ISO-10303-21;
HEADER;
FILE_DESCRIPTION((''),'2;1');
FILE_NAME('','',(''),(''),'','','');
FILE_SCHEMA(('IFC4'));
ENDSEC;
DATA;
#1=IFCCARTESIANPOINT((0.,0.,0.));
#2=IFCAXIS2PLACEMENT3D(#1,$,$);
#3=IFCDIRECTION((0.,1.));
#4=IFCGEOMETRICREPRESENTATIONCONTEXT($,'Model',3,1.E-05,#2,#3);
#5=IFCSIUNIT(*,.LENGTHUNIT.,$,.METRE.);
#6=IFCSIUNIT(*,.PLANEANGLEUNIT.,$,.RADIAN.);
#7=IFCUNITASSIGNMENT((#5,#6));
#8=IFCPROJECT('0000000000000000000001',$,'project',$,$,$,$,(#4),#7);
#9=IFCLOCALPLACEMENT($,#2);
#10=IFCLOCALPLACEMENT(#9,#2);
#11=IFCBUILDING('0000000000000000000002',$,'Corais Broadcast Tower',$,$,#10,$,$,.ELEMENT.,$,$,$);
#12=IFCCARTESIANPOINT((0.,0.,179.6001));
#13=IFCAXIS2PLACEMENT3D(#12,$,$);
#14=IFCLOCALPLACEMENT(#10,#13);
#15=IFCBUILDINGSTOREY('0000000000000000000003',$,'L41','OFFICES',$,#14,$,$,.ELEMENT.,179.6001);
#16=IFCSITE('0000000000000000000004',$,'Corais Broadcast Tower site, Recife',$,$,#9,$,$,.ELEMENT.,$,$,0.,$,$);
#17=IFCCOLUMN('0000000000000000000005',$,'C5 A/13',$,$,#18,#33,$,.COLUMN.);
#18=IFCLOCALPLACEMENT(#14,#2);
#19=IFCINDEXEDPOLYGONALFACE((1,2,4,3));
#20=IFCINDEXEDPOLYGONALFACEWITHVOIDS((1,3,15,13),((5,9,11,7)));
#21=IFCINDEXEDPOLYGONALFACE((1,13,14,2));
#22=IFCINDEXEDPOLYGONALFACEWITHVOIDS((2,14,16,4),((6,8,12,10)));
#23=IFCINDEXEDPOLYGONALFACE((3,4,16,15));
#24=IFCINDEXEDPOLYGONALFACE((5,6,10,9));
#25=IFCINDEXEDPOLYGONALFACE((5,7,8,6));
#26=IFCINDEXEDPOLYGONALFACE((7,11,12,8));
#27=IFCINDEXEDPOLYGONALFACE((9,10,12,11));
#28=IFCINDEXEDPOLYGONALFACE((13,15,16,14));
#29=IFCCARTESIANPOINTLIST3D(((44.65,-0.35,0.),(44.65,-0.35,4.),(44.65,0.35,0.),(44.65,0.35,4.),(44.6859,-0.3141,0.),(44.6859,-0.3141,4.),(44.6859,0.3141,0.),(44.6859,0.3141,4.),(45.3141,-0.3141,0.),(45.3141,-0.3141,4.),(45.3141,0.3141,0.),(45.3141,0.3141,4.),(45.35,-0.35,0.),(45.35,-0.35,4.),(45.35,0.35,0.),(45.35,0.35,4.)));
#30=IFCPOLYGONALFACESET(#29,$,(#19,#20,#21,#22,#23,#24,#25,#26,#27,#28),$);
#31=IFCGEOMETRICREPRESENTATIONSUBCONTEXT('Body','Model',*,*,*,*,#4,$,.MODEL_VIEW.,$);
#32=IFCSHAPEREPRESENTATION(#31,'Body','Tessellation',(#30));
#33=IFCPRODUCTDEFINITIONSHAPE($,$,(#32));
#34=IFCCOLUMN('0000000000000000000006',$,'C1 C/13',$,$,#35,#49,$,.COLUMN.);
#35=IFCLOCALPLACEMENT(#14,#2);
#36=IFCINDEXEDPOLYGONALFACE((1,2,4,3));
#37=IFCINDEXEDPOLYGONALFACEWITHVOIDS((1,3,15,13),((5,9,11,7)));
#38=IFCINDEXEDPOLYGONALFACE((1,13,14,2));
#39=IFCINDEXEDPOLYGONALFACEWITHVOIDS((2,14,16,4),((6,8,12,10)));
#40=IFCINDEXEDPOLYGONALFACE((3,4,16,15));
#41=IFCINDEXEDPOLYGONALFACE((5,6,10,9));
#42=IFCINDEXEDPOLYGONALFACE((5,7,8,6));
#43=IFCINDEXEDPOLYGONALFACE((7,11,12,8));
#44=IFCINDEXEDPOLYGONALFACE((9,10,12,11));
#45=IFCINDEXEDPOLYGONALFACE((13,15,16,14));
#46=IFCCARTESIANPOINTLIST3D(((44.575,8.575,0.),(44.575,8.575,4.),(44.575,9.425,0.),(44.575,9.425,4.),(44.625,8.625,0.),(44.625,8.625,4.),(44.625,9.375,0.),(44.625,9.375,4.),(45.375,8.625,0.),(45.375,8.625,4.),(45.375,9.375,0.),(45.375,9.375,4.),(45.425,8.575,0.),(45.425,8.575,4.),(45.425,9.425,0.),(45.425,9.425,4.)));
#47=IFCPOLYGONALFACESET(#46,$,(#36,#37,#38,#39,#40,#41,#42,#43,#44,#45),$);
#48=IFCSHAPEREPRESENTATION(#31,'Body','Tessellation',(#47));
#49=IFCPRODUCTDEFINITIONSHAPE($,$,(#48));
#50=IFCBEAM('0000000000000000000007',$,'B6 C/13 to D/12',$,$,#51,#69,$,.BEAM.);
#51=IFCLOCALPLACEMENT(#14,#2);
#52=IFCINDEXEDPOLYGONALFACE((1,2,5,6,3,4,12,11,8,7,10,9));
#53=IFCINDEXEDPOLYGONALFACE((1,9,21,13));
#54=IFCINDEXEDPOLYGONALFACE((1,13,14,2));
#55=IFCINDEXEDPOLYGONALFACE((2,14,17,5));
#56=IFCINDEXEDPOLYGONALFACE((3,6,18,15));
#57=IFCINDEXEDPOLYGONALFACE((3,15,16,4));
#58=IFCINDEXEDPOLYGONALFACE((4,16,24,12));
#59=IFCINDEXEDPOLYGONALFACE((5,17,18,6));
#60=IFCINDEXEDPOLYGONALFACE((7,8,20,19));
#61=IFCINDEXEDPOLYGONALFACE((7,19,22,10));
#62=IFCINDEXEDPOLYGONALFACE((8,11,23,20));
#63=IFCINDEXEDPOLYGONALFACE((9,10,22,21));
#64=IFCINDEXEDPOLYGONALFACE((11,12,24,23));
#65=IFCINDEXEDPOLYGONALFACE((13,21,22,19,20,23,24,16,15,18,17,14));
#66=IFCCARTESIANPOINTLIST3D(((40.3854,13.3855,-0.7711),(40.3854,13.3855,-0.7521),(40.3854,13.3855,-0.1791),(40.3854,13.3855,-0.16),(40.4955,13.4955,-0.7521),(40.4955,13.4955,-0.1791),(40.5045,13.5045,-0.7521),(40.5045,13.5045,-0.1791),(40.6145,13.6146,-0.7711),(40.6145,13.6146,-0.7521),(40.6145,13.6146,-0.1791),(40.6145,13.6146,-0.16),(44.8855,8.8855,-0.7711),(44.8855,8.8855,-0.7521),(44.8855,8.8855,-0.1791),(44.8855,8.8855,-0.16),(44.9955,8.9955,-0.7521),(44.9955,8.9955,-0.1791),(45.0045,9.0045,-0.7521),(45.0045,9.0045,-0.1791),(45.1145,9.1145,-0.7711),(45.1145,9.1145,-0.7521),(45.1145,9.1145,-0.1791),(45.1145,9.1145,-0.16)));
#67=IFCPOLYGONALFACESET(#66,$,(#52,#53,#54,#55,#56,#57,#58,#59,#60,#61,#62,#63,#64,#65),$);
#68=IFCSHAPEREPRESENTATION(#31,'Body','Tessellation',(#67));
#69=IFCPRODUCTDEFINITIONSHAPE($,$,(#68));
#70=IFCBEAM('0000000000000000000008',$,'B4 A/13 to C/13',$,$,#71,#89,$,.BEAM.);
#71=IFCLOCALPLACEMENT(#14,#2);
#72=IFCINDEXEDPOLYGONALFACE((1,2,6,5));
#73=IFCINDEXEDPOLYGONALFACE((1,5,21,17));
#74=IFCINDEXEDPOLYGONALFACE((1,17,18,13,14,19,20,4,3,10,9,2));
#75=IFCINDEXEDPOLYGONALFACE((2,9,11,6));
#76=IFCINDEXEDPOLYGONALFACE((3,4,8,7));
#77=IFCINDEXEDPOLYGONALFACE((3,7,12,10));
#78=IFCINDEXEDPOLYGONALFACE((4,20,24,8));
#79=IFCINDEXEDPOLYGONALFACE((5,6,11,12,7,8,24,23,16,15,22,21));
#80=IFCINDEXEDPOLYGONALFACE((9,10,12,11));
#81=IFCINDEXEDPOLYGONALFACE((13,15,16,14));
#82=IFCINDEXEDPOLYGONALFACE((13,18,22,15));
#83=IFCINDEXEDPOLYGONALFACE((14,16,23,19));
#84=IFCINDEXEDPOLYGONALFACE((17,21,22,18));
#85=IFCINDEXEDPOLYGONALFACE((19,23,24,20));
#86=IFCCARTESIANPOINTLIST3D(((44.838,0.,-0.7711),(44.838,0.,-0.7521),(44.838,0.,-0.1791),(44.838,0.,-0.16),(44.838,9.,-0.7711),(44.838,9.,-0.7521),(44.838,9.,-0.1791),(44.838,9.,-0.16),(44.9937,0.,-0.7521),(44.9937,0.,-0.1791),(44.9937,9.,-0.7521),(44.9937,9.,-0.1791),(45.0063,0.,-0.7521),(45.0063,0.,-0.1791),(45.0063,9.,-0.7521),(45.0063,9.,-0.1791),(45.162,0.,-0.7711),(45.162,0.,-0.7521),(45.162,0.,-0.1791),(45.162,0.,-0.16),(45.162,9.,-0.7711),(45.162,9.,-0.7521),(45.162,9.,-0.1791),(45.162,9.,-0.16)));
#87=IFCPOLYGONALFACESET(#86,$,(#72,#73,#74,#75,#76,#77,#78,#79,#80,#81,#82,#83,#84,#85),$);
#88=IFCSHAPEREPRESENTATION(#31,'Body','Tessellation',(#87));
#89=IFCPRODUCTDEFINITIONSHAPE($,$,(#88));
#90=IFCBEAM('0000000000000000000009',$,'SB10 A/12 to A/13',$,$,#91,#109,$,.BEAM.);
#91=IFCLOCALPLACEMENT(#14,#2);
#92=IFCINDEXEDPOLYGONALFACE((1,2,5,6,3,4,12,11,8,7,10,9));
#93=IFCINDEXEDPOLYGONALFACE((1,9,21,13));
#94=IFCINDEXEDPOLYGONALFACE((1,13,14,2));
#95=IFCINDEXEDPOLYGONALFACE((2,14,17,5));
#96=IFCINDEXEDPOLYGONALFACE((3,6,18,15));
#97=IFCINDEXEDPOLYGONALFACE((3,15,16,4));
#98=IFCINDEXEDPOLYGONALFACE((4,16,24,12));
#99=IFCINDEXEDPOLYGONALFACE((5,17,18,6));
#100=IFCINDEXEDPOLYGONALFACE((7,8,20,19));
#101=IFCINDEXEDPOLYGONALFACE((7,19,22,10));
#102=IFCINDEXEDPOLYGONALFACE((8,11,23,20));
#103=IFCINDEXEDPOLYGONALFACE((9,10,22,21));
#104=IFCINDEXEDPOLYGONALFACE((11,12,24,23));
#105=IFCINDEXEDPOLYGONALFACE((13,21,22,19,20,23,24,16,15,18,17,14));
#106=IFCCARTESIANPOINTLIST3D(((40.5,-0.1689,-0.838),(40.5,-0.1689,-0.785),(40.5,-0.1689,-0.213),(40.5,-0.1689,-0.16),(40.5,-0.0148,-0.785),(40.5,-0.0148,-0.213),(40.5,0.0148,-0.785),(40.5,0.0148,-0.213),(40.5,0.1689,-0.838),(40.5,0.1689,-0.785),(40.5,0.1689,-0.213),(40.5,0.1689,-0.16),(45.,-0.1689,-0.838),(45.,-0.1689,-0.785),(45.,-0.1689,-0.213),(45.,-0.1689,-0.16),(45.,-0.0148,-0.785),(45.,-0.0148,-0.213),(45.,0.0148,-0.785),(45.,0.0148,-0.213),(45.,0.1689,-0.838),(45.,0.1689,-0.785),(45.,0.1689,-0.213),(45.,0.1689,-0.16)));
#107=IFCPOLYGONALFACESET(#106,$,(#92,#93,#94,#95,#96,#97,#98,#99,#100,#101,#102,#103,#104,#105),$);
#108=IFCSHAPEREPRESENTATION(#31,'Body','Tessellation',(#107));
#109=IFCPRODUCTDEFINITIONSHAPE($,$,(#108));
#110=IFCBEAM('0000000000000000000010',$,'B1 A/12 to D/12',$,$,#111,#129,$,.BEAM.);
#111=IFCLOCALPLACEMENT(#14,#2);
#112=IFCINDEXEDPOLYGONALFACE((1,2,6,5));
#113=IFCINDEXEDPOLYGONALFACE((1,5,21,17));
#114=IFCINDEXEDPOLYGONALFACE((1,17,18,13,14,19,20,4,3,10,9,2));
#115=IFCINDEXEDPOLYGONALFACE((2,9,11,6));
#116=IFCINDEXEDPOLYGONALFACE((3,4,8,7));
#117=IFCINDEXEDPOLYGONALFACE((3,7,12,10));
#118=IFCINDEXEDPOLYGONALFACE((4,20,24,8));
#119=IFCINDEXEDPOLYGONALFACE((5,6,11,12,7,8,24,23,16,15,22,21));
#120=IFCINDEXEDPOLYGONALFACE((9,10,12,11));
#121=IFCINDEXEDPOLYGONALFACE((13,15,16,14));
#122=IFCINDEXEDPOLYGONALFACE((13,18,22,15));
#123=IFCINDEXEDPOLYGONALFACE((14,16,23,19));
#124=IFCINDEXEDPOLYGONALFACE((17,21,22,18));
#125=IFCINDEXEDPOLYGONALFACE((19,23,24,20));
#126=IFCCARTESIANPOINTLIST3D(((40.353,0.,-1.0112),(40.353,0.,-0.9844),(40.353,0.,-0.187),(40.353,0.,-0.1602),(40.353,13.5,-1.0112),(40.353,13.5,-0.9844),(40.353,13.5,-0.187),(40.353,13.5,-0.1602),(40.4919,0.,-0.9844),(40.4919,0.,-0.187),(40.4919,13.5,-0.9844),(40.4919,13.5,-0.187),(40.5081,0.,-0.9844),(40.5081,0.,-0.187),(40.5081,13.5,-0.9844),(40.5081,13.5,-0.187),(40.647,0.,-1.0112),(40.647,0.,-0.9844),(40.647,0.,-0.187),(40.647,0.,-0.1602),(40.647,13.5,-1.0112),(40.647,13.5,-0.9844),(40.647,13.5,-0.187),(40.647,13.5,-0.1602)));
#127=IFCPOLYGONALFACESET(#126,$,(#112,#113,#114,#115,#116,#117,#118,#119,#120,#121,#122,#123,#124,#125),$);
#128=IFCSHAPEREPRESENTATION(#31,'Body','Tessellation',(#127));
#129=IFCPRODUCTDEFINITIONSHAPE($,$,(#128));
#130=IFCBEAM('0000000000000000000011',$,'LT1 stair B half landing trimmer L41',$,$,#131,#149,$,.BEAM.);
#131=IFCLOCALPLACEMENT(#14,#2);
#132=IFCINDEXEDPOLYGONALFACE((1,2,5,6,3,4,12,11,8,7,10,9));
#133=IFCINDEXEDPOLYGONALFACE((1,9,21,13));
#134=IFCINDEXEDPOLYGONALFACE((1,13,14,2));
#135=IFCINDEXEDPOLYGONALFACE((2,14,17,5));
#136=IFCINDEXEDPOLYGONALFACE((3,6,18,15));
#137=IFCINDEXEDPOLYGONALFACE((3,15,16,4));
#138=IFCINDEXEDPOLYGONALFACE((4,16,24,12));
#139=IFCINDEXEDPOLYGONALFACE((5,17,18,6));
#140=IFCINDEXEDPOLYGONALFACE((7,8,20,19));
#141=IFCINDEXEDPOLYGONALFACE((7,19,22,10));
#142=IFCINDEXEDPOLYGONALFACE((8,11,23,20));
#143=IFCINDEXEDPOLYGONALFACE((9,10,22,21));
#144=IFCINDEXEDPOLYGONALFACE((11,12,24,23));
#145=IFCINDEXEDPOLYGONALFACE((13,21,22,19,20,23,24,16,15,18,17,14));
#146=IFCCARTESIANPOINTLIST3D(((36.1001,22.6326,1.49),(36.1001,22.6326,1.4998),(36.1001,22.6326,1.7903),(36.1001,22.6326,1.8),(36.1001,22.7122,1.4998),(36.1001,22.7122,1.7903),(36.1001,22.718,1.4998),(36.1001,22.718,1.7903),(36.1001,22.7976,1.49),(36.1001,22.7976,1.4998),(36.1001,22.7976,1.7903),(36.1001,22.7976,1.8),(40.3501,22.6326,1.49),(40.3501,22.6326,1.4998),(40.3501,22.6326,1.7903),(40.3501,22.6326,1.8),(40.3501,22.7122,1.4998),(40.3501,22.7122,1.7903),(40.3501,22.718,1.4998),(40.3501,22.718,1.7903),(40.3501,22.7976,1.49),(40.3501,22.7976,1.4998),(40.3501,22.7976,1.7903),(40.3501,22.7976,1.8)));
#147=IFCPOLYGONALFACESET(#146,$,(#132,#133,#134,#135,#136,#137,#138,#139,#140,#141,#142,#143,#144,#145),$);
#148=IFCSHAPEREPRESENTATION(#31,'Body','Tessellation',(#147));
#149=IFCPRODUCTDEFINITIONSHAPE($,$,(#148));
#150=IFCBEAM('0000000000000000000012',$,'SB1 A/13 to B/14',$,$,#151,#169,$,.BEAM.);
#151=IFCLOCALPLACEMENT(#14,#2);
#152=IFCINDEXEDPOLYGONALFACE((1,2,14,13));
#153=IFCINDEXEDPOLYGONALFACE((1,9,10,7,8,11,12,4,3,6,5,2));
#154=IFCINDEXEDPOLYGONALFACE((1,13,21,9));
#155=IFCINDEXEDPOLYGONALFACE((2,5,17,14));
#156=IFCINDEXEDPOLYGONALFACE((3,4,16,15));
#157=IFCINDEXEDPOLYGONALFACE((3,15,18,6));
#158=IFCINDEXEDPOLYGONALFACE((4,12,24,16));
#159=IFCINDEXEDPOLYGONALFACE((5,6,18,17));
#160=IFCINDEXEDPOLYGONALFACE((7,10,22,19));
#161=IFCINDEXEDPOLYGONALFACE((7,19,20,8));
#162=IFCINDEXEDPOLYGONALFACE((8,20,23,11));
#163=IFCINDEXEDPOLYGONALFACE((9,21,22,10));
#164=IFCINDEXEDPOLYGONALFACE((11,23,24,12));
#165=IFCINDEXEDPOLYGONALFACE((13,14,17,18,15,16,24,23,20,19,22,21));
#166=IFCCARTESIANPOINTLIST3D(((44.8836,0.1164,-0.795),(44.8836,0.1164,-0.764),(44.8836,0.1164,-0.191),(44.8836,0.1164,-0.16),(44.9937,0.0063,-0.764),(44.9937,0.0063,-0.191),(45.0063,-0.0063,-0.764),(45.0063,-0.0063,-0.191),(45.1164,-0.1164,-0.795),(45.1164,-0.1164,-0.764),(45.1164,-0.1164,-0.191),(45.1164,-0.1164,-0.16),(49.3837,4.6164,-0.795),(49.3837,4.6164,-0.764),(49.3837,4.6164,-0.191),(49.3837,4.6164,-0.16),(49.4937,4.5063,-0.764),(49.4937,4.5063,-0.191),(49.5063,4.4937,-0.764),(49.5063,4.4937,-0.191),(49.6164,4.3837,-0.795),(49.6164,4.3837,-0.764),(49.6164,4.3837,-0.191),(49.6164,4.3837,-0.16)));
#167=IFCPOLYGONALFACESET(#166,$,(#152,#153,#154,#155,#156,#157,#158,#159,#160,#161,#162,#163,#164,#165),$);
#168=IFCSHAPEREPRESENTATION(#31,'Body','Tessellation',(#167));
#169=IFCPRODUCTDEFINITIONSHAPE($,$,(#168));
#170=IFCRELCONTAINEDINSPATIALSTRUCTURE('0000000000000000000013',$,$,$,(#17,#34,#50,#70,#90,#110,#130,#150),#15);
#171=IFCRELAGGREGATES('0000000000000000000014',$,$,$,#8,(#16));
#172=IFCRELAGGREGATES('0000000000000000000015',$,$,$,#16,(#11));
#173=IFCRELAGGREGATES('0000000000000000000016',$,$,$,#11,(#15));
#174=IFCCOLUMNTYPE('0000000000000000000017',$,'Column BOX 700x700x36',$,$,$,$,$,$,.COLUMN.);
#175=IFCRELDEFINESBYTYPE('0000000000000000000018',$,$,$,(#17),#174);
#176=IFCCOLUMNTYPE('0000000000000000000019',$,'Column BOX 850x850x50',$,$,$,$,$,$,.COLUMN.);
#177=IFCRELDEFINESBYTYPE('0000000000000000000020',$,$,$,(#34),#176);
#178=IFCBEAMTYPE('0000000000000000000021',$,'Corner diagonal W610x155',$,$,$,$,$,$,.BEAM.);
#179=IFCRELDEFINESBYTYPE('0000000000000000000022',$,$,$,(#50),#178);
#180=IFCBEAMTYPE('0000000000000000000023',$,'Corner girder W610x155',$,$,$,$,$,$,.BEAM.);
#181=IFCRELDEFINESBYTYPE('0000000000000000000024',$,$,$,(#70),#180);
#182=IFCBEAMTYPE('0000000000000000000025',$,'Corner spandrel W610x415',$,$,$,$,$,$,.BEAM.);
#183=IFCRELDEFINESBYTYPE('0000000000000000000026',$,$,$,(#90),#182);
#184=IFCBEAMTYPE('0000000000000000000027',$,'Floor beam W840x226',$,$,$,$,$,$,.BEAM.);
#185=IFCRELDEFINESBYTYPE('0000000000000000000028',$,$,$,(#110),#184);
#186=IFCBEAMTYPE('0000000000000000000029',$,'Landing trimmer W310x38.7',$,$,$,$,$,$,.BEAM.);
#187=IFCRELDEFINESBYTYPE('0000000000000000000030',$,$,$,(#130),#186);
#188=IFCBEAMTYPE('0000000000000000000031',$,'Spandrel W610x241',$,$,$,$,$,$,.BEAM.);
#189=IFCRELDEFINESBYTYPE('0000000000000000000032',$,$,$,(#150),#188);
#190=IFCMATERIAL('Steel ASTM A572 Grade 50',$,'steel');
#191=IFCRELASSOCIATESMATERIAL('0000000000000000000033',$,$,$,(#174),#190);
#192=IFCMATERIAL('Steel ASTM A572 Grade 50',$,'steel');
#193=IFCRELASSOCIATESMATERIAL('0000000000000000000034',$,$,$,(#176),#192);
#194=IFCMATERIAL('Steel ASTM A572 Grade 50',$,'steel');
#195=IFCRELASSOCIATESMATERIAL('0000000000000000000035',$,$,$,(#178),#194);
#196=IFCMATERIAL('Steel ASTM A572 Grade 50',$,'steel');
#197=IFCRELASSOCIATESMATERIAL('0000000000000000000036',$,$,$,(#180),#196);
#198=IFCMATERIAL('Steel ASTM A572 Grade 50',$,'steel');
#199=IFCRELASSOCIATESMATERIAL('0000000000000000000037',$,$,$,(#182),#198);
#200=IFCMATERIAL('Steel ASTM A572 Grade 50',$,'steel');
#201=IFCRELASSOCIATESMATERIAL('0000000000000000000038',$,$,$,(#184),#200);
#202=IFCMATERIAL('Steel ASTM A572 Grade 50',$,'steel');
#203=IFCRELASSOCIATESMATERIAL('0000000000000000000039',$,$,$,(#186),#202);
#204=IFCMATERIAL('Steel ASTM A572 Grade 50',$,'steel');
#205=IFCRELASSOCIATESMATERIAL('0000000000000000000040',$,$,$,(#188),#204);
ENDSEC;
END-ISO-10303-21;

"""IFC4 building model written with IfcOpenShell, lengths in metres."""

from ifc_helpers import new_model, si_unit, direction, frame, origin, origin_2d, place, context, subcontext, project, spatial, hollow_rectangle, i_section, extrude, material, material_profile, profile_set, type_object, element, save


model = new_model("IFC4")

# Units and contexts
model_context = context("Model", 3, precision=1e-05, world=origin(), true_north=direction((0.0, 1.0)))
body_context = subcontext(model_context, "Body", "Model", "MODEL_VIEW")
ifc_project = project(units=[si_unit("LENGTHUNIT", "METRE"), si_unit("PLANEANGLEUNIT", "RADIAN")], contexts=[model_context])

# Site, building, storey
site_placement = place(None, origin())
site = spatial("IfcSite", under=ifc_project, at=site_placement, Name="Corais Broadcast Tower site, Recife", CompositionType="ELEMENT", RefElevation=0.0)
building_placement = place(site_placement, origin())
building = spatial("IfcBuilding", under=site, at=building_placement, Name="Corais Broadcast Tower", CompositionType="ELEMENT")
storey_placement = place(building_placement, frame((0.0, 0.0, 179.6001)))
storey = spatial("IfcBuildingStorey", under=building, at=storey_placement, Name="L41", Description="OFFICES", CompositionType="ELEMENT", Elevation=179.6001)

# Columns
ifc_material_1 = material(Name="Steel ASTM A572 Grade 50", Category="steel")
ifc_material_profile_1 = material_profile(ifc_material_1, hollow_rectangle(XDim=0.7, YDim=0.7, WallThickness=0.0359, at=origin_2d()), Name="BOX 700x700x36")
ifc_profile_set_1 = profile_set([ifc_material_profile_1], Name="Steel ASTM A572 Grade 50")
column_type_1 = type_object("IfcColumnType", Name="Column BOX 700x700x36", PredefinedType="COLUMN", material=ifc_profile_set_1)
column_1_placement = place(storey_placement, frame((45.0, 0.0, 0.0), z_axis=(0.0, 0.0, 1.0), x_axis=(1.0, 0.0, 0.0)))
element("IfcColumn", 1, at=column_1_placement, inside=storey, type_object=column_type_1, Name="C5 A/13", PredefinedType="COLUMN", context=body_context, shape_type="SweptSolid", body=[
    extrude(hollow_rectangle(XDim=0.7, YDim=0.7, WallThickness=0.0359, at=origin_2d()), origin(), (0.0, 0.0, 1.0), 4.0),
])
ifc_material_2 = material(Name="Steel ASTM A572 Grade 50", Category="steel")
ifc_material_profile_2 = material_profile(ifc_material_2, hollow_rectangle(XDim=0.8501, YDim=0.8501, WallThickness=0.05, at=origin_2d()), Name="BOX 850x850x50")
ifc_profile_set_2 = profile_set([ifc_material_profile_2], Name="Steel ASTM A572 Grade 50")
column_type_2 = type_object("IfcColumnType", Name="Column BOX 850x850x50", PredefinedType="COLUMN", material=ifc_profile_set_2)
column_2_placement = place(storey_placement, frame((45.0, 9.0, 0.0), z_axis=(0.0, 0.0, 1.0), x_axis=(1.0, 0.0, 0.0)))
element("IfcColumn", 2, at=column_2_placement, inside=storey, type_object=column_type_2, Name="C1 C/13", PredefinedType="COLUMN", context=body_context, shape_type="SweptSolid", body=[
    extrude(hollow_rectangle(XDim=0.8501, YDim=0.8501, WallThickness=0.05, at=origin_2d()), origin(), (0.0, 0.0, 1.0), 4.0),
])

# Beams
ifc_material_3 = material(Name="Steel ASTM A572 Grade 50", Category="steel")
ifc_material_profile_3 = material_profile(ifc_material_3, i_section(OverallWidth=0.324, OverallDepth=0.6111, WebThickness=0.0127, FlangeThickness=0.019, at=origin_2d()), Name="W610x155")
ifc_profile_set_3 = profile_set([ifc_material_profile_3], Name="Steel ASTM A572 Grade 50")
beam_type_1 = type_object("IfcBeamType", Name="Corner diagonal W610x155", PredefinedType="BEAM", material=ifc_profile_set_3)
beam_1_placement = place(storey_placement, frame((45.0, 9.0, -0.4656), z_axis=(-0.707107, 0.707107, 0.0), x_axis=(-0.707107, -0.707107, 0.0)))
element("IfcBeam", 3, at=beam_1_placement, inside=storey, type_object=beam_type_1, Name="B6 C/13 to D/12", PredefinedType="BEAM", context=body_context, shape_type="SweptSolid", body=[
    extrude(i_section(OverallWidth=0.324, OverallDepth=0.6111, WebThickness=0.0127, FlangeThickness=0.019, at=origin_2d()), origin(), (0.0, 0.0, 1.0), 6.364),
])
ifc_material_4 = material(Name="Steel ASTM A572 Grade 50", Category="steel")
ifc_material_profile_4 = material_profile(ifc_material_4, i_section(OverallWidth=0.324, OverallDepth=0.6111, WebThickness=0.0127, FlangeThickness=0.019, at=origin_2d()), Name="W610x155")
ifc_profile_set_4 = profile_set([ifc_material_profile_4], Name="Steel ASTM A572 Grade 50")
beam_type_2 = type_object("IfcBeamType", Name="Corner girder W610x155", PredefinedType="BEAM", material=ifc_profile_set_4)
beam_2_placement = place(storey_placement, frame((45.0, 0.0, -0.4656), z_axis=(0.0, 1.0, 0.0), x_axis=(-1.0, 0.0, 0.0)))
element("IfcBeam", 4, at=beam_2_placement, inside=storey, type_object=beam_type_2, Name="B4 A/13 to C/13", PredefinedType="BEAM", context=body_context, shape_type="SweptSolid", body=[
    extrude(i_section(OverallWidth=0.324, OverallDepth=0.6111, WebThickness=0.0127, FlangeThickness=0.019, at=origin_2d()), origin(), (0.0, 0.0, 1.0), 9.0),
])
ifc_material_5 = material(Name="Steel ASTM A572 Grade 50", Category="steel")
ifc_material_profile_5 = material_profile(ifc_material_5, i_section(OverallWidth=0.3379, OverallDepth=0.678, WebThickness=0.0295, FlangeThickness=0.053, at=origin_2d()), Name="W610x415")
ifc_profile_set_5 = profile_set([ifc_material_profile_5], Name="Steel ASTM A572 Grade 50")
beam_type_3 = type_object("IfcBeamType", Name="Corner spandrel W610x415", PredefinedType="BEAM", material=ifc_profile_set_5)
beam_3_placement = place(storey_placement, frame((40.5, 0.0, -0.499), z_axis=(1.0, 0.0, 0.0), x_axis=(0.0, 1.0, 0.0)))
element("IfcBeam", 5, at=beam_3_placement, inside=storey, type_object=beam_type_3, Name="SB10 A/12 to A/13", PredefinedType="BEAM", context=body_context, shape_type="SweptSolid", body=[
    extrude(i_section(OverallWidth=0.3379, OverallDepth=0.678, WebThickness=0.0295, FlangeThickness=0.053, at=origin_2d()), origin(), (0.0, 0.0, 1.0), 4.5),
])
ifc_material_6 = material(Name="Steel ASTM A572 Grade 50", Category="steel")
ifc_material_profile_6 = material_profile(ifc_material_6, i_section(OverallWidth=0.2939, OverallDepth=0.8511, WebThickness=0.0161, FlangeThickness=0.0269, at=origin_2d()), Name="W840x226")
ifc_profile_set_6 = profile_set([ifc_material_profile_6], Name="Steel ASTM A572 Grade 50")
beam_type_4 = type_object("IfcBeamType", Name="Floor beam W840x226", PredefinedType="BEAM", material=ifc_profile_set_6)
beam_4_placement = place(storey_placement, frame((40.5, 0.0, -0.5857), z_axis=(0.0, 1.0, 0.0), x_axis=(-1.0, 0.0, 0.0)))
element("IfcBeam", 6, at=beam_4_placement, inside=storey, type_object=beam_type_4, Name="B1 A/12 to D/12", PredefinedType="BEAM", context=body_context, shape_type="SweptSolid", body=[
    extrude(i_section(OverallWidth=0.2939, OverallDepth=0.8511, WebThickness=0.0161, FlangeThickness=0.0269, at=origin_2d()), origin(), (0.0, 0.0, 1.0), 13.5),
])
ifc_material_7 = material(Name="Steel ASTM A572 Grade 50", Category="steel")
ifc_material_profile_7 = material_profile(ifc_material_7, i_section(OverallWidth=0.165, OverallDepth=0.3101, WebThickness=0.0059, FlangeThickness=0.0098, at=origin_2d()), Name="W310x38.7")
ifc_profile_set_7 = profile_set([ifc_material_profile_7], Name="Steel ASTM A572 Grade 50")
beam_type_5 = type_object("IfcBeamType", Name="Landing trimmer W310x38.7", PredefinedType="BEAM", material=ifc_profile_set_7)
beam_5_placement = place(storey_placement, frame((36.1001, 22.7151, 1.645), z_axis=(1.0, 0.0, 0.0), x_axis=(0.0, 1.0, 0.0)))
element("IfcBeam", 7, at=beam_5_placement, inside=storey, type_object=beam_type_5, Name="LT1 stair B half landing trimmer L41", PredefinedType="BEAM", context=body_context, shape_type="SweptSolid", body=[
    extrude(i_section(OverallWidth=0.165, OverallDepth=0.3101, WebThickness=0.0059, FlangeThickness=0.0098, at=origin_2d()), origin(), (0.0, 0.0, 1.0), 4.25),
])
ifc_material_8 = material(Name="Steel ASTM A572 Grade 50", Category="steel")
ifc_material_profile_8 = material_profile(ifc_material_8, i_section(OverallWidth=0.3291, OverallDepth=0.635, WebThickness=0.0178, FlangeThickness=0.031, at=origin_2d()), Name="W610x241")
ifc_profile_set_8 = profile_set([ifc_material_profile_8], Name="Steel ASTM A572 Grade 50")
beam_type_6 = type_object("IfcBeamType", Name="Spandrel W610x241", PredefinedType="BEAM", material=ifc_profile_set_8)
beam_6_placement = place(storey_placement, frame((45.0, 0.0, -0.4775), z_axis=(0.707107, 0.707107, 0.0), x_axis=(-0.707107, 0.707107, 0.0)))
element("IfcBeam", 8, at=beam_6_placement, inside=storey, type_object=beam_type_6, Name="SB1 A/13 to B/14", PredefinedType="BEAM", context=body_context, shape_type="SweptSolid", body=[
    extrude(i_section(OverallWidth=0.3291, OverallDepth=0.635, WebThickness=0.0178, FlangeThickness=0.031, at=origin_2d()), origin(), (0.0, 0.0, 1.0), 6.364),
])

save(model, "model.ifc")
